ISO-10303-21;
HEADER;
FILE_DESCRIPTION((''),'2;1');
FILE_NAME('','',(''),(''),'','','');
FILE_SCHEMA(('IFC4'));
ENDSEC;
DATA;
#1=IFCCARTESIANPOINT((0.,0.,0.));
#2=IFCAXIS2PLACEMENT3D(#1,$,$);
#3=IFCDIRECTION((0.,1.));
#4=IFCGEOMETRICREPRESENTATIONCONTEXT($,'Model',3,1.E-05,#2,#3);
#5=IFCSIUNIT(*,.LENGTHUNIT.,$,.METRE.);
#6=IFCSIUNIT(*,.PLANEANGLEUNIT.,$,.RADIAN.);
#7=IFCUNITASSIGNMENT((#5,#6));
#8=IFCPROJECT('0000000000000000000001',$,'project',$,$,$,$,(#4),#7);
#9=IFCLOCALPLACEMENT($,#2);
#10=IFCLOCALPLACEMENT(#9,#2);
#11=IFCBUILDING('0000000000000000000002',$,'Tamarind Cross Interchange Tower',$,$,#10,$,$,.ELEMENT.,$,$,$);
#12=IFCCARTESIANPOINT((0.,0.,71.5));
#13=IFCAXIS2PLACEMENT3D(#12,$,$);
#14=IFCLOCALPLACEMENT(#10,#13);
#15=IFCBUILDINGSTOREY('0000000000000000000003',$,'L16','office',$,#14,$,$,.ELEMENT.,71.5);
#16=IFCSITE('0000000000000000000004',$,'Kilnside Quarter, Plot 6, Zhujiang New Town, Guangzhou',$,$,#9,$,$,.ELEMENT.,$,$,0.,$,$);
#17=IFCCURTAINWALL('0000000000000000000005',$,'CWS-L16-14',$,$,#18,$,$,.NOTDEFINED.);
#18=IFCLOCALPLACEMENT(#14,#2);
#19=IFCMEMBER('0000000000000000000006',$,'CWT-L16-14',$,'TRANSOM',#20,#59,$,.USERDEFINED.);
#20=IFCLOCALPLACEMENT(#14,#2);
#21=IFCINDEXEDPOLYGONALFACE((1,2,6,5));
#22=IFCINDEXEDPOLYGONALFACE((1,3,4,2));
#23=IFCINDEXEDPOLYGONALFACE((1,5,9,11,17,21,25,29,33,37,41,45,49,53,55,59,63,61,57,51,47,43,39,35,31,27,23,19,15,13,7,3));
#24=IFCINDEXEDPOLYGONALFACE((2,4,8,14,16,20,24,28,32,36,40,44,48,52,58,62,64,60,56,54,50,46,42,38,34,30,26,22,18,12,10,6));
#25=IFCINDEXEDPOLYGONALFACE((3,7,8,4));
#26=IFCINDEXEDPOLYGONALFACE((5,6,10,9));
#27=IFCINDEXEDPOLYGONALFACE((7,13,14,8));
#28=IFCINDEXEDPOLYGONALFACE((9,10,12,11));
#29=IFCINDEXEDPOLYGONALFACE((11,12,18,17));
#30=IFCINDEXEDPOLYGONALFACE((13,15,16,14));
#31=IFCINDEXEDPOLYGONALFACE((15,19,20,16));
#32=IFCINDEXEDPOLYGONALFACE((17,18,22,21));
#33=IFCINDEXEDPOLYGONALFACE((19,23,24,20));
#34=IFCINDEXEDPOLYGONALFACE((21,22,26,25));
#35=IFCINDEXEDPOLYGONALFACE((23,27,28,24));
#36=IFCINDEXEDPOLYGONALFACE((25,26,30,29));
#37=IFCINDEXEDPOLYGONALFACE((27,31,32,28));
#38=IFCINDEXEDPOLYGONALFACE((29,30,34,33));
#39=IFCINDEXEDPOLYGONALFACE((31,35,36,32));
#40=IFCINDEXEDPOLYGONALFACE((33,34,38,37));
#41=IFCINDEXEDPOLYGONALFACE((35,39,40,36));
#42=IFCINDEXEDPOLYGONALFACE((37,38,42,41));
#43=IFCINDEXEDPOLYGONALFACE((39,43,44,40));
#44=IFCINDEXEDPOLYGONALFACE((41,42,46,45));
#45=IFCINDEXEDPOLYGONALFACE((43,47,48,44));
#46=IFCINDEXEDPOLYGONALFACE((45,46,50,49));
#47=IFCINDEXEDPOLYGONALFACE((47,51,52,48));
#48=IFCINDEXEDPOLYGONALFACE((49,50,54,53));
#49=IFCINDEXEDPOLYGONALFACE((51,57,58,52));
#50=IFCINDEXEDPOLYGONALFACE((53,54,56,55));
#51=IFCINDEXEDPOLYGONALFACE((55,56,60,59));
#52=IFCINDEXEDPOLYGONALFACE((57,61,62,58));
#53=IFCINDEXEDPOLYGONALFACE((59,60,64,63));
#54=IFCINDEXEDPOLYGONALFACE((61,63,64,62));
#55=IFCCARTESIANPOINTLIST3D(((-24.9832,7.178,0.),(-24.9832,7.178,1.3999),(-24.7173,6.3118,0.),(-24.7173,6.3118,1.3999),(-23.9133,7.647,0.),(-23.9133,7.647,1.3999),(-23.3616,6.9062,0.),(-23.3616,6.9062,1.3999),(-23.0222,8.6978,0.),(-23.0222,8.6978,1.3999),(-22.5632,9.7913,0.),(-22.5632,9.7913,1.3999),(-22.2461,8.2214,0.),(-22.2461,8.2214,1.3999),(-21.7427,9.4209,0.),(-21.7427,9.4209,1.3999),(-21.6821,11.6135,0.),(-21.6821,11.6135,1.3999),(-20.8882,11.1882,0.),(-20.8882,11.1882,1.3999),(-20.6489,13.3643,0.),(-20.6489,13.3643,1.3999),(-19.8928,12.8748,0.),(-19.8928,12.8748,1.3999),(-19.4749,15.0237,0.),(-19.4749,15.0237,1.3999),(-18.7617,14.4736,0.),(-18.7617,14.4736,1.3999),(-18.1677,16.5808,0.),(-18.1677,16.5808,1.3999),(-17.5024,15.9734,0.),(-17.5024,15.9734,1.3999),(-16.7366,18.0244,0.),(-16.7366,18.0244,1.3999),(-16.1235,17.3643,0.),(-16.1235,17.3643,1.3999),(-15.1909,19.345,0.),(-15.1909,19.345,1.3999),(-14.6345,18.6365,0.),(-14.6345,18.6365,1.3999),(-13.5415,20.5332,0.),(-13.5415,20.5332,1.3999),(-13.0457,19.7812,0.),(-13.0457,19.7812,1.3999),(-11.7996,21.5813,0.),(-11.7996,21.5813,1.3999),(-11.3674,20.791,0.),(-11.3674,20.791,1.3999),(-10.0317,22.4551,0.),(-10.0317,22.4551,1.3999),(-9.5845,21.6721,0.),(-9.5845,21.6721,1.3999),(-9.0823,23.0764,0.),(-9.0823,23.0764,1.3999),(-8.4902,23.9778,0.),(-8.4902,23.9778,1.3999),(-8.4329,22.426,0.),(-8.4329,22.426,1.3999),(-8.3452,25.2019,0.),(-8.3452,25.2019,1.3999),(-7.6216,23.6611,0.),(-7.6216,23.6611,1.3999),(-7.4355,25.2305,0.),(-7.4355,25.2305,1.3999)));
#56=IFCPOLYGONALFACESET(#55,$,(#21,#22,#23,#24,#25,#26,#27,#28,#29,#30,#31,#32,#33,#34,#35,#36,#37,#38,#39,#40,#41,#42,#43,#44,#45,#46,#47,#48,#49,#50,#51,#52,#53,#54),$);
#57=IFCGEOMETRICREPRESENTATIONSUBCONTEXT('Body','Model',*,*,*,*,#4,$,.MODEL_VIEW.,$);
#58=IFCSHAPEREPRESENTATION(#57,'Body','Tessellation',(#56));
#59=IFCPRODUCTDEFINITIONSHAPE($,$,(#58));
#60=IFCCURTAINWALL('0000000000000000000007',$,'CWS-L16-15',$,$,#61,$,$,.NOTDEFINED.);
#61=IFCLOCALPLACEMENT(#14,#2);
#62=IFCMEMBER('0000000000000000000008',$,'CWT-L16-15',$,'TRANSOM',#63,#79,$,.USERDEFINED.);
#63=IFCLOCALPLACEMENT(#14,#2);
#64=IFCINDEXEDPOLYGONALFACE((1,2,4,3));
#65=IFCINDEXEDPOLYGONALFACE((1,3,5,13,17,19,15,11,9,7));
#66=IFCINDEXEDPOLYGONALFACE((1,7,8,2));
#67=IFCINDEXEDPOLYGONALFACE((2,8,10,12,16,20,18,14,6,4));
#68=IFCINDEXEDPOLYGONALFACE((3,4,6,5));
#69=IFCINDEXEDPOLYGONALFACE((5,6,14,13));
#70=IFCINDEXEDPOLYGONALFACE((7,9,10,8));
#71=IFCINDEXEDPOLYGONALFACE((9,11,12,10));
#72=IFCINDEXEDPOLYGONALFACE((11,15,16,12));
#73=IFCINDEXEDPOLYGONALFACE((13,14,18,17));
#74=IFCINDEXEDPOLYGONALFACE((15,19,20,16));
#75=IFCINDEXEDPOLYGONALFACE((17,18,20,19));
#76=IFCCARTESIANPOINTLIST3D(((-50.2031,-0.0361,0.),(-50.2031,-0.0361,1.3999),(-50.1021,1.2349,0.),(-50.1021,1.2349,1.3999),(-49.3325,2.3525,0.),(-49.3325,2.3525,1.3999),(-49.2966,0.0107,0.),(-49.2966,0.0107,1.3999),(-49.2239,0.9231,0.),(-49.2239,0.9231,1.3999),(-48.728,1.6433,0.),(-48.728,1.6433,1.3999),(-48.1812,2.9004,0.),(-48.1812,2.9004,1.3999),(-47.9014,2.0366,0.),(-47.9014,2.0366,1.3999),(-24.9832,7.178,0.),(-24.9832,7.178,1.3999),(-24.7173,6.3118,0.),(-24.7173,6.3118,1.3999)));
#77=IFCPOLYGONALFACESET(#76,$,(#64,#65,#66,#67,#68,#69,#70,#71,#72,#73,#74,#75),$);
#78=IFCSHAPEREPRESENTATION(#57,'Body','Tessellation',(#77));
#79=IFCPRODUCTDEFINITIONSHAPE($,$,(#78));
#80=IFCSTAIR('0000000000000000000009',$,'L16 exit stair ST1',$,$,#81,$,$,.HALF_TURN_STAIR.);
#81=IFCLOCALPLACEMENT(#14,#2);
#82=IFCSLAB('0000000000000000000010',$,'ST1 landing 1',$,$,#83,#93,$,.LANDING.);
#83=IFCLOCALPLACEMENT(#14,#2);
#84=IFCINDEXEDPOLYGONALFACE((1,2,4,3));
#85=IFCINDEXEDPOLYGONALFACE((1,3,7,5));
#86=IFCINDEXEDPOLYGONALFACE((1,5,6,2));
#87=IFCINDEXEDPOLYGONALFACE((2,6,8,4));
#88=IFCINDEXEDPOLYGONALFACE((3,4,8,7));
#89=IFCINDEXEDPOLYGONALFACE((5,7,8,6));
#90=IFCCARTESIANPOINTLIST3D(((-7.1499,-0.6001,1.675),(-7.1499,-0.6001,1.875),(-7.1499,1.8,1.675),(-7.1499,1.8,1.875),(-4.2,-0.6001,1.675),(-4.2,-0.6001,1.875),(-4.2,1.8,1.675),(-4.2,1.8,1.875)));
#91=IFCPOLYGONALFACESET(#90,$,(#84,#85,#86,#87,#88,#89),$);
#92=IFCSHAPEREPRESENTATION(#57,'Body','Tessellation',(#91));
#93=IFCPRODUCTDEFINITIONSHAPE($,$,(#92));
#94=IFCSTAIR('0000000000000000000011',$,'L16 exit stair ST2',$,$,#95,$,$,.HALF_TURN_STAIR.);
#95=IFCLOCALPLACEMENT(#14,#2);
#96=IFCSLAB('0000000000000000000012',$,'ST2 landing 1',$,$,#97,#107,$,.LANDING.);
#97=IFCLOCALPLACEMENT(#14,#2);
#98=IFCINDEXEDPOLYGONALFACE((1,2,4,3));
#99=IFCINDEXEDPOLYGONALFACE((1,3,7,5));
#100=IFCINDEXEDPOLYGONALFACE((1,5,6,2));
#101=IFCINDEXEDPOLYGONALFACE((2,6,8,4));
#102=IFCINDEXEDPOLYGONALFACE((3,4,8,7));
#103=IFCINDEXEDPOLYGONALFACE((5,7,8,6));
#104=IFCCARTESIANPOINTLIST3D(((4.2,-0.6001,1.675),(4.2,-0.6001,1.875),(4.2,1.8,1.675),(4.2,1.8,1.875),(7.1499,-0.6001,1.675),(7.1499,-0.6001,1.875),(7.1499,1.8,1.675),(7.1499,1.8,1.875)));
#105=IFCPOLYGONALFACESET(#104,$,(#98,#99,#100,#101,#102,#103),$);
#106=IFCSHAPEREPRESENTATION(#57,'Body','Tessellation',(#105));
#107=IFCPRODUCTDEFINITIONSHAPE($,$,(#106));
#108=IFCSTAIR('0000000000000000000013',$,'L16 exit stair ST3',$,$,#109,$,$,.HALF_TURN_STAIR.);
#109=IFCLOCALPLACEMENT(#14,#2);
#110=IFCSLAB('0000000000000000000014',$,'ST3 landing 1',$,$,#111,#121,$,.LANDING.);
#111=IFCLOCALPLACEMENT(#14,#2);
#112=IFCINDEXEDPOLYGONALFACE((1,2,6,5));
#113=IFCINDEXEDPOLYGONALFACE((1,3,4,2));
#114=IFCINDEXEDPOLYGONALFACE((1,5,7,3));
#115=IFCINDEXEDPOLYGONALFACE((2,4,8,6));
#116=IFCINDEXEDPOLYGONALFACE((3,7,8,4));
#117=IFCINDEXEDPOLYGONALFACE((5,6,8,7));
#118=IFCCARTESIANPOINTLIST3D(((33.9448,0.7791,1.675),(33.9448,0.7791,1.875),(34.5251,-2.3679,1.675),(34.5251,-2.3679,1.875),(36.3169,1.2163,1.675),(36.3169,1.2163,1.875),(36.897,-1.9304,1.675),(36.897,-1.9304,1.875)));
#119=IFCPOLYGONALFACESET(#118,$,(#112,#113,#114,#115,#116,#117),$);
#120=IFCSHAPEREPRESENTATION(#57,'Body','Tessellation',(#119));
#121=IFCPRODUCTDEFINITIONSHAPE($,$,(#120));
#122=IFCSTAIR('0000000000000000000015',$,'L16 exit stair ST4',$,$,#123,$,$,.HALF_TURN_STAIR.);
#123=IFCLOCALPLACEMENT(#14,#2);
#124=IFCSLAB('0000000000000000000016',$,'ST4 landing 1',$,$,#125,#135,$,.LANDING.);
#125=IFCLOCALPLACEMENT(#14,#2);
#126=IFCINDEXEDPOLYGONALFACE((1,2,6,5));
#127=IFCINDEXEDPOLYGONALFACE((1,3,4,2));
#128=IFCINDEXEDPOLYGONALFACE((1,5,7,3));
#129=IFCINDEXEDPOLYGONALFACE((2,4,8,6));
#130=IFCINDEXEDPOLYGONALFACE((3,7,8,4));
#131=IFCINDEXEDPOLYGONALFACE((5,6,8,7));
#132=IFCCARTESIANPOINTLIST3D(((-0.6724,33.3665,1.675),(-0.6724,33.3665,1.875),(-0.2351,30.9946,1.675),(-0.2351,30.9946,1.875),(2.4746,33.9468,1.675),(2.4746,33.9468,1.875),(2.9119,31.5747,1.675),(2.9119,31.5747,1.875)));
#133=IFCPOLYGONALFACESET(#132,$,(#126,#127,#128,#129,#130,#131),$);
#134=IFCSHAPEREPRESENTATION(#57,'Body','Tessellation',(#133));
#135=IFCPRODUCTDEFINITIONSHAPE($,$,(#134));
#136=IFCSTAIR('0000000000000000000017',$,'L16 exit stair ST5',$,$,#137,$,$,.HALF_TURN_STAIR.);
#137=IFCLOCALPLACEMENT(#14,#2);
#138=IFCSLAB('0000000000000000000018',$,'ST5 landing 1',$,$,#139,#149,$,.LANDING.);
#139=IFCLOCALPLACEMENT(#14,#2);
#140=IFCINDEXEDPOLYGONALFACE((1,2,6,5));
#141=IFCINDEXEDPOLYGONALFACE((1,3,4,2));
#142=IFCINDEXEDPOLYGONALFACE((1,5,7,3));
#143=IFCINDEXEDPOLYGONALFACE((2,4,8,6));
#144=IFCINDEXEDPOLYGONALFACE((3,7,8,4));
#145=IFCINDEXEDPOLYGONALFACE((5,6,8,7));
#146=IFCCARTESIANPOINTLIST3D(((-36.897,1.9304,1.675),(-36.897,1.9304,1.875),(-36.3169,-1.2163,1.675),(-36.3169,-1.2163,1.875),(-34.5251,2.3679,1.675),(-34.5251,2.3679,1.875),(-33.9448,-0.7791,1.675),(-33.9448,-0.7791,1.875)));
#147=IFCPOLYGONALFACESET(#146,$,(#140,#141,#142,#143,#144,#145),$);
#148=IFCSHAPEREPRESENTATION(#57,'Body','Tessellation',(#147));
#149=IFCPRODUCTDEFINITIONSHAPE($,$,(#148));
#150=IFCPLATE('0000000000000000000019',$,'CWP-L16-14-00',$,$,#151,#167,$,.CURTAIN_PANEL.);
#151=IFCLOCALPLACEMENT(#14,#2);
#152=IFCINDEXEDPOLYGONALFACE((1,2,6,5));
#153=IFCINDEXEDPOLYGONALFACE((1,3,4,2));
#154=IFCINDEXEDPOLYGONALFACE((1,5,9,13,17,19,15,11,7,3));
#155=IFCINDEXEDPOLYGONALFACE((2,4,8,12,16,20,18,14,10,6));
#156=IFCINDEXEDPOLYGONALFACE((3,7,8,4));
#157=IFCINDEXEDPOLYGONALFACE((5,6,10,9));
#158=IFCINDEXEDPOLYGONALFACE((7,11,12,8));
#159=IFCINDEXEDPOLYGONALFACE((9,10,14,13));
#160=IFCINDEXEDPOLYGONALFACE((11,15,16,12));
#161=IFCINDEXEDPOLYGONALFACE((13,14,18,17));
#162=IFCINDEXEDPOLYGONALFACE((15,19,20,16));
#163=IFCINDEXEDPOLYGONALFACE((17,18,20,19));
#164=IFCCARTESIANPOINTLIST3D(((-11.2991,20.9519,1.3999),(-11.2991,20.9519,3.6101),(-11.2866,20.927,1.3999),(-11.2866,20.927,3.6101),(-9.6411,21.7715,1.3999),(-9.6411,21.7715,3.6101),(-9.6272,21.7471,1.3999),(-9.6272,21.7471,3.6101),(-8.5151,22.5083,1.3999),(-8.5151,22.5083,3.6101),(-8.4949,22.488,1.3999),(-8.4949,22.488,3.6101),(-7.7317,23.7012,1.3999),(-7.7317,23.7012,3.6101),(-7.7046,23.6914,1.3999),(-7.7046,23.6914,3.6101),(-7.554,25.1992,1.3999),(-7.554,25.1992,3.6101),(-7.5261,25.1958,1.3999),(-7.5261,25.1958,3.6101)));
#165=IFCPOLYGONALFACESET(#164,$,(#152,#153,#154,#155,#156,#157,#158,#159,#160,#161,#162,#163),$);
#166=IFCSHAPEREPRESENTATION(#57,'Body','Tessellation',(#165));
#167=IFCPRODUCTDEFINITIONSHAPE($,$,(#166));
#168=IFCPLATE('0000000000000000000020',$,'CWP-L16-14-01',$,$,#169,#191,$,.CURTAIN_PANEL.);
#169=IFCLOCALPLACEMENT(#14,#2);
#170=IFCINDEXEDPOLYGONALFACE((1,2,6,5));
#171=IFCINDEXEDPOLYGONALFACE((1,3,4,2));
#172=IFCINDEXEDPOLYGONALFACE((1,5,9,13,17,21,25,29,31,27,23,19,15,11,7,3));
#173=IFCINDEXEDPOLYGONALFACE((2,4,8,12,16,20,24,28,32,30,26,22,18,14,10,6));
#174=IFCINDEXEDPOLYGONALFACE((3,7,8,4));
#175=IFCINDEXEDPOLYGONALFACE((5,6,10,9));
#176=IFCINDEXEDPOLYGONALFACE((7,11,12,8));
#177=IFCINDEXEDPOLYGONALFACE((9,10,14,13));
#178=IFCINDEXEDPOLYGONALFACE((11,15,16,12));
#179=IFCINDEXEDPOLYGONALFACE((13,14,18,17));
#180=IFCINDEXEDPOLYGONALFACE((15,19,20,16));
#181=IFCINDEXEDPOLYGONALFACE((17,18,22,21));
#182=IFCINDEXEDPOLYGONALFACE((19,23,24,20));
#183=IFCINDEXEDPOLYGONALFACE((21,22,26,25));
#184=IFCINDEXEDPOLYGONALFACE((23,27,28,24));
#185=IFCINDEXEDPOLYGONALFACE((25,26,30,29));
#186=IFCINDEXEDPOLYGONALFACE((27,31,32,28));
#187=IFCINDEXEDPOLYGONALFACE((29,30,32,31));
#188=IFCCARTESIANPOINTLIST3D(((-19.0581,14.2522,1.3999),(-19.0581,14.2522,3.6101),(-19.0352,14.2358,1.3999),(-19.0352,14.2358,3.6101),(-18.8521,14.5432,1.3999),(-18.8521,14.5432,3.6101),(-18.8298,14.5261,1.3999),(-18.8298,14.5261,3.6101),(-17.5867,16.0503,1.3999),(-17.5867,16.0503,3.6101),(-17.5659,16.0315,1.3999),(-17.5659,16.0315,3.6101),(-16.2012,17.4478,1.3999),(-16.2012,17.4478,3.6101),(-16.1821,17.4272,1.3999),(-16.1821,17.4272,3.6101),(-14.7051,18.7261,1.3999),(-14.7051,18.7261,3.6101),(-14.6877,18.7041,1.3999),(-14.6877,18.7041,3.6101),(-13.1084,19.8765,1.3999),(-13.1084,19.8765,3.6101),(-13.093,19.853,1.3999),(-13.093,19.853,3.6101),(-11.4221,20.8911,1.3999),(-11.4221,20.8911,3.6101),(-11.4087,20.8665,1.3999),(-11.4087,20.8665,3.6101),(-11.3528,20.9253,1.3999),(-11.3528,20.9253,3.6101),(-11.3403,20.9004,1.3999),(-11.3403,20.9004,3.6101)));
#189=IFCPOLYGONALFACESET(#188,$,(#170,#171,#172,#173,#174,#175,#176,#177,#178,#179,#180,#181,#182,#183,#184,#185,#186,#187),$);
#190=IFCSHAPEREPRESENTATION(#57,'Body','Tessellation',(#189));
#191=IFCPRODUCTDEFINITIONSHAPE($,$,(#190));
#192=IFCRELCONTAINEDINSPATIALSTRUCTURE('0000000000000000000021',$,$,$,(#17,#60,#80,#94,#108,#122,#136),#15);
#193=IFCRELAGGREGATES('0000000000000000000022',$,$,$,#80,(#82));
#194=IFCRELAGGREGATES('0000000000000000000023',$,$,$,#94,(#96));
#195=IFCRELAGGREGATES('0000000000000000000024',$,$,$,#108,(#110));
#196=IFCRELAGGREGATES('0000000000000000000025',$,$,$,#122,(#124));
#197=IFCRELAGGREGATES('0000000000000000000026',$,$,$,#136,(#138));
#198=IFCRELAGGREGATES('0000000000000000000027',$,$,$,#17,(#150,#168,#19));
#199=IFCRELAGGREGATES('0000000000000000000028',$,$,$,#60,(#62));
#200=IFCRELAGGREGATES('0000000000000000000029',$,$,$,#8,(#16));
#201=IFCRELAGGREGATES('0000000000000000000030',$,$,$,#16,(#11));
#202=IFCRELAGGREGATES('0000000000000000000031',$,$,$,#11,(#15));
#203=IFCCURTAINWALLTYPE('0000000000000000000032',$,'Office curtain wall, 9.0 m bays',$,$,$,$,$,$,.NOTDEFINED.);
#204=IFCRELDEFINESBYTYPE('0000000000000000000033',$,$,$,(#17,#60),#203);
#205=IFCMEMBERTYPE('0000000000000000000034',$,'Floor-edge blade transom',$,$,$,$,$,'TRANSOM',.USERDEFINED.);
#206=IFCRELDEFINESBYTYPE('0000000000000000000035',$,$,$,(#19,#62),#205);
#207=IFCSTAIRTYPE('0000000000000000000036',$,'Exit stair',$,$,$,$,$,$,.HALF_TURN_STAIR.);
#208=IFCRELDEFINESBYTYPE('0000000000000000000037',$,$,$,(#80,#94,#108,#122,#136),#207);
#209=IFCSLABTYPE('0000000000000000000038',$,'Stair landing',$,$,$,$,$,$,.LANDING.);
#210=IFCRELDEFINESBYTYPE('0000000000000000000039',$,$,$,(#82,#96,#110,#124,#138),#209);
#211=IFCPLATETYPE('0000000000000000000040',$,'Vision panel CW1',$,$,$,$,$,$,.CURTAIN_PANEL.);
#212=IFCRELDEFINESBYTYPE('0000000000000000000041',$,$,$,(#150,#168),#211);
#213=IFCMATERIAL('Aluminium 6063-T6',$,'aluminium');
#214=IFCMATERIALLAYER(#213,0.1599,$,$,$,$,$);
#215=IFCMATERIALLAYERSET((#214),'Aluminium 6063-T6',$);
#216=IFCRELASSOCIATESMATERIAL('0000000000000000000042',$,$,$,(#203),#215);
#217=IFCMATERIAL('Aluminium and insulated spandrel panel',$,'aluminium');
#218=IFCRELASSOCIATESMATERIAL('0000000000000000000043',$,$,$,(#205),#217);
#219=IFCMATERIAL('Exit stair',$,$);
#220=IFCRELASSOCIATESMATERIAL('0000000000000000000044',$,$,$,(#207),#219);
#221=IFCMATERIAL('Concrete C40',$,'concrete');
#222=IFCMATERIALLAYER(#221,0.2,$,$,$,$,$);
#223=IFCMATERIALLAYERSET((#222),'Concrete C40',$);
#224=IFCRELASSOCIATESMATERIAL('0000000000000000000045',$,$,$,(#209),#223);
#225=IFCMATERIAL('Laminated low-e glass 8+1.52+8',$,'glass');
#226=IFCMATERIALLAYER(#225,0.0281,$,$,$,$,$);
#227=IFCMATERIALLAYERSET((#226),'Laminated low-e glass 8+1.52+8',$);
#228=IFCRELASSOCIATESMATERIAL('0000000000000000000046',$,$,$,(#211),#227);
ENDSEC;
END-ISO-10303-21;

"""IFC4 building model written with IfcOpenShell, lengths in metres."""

from ifc_helpers import new_model, si_unit, direction, frame, origin, place, context, subcontext, project, spatial, polyline, outline, extrude, material, layer, layer_set, type_object, element, aggregate, save


model = new_model("IFC4")

# Units and contexts
model_context = context("Model", 3, precision=1e-05, world=origin(), true_north=direction((0.0, 1.0)))
body_context = subcontext(model_context, "Body", "Model", "MODEL_VIEW")
ifc_project = project(units=[si_unit("LENGTHUNIT", "METRE"), si_unit("PLANEANGLEUNIT", "RADIAN")], contexts=[model_context])

# Site, building, storey
site_placement = place(None, origin())
site = spatial("IfcSite", under=ifc_project, at=site_placement, Name="Kilnside Quarter, Plot 6, Zhujiang New Town, Guangzhou", CompositionType="ELEMENT", RefElevation=0.0)
building_placement = place(site_placement, origin())
building = spatial("IfcBuilding", under=site, at=building_placement, Name="Tamarind Cross Interchange Tower", CompositionType="ELEMENT")
storey_placement = place(building_placement, frame((0.0, 0.0, 71.5)))
storey = spatial("IfcBuildingStorey", under=building, at=storey_placement, Name="L16", Description="office", CompositionType="ELEMENT", Elevation=71.5)

# Curtain walls, members
ifc_material_1 = material(Name="Aluminium 6063-T6", Category="aluminium")
ifc_layer_1 = layer(ifc_material_1, 0.1599)
ifc_layer_set_1 = layer_set([ifc_layer_1], Name="Aluminium 6063-T6")
curtain_wall_type = type_object("IfcCurtainWallType", Name="Office curtain wall, 9.0 m bays", PredefinedType="NOTDEFINED", material=ifc_layer_set_1)
curtain_wall_1_placement = place(storey_placement, origin())
curtain_wall_1 = element("IfcCurtainWall", 1, at=curtain_wall_1_placement, inside=storey, type_object=curtain_wall_type, Name="CWS-L16-14", PredefinedType="NOTDEFINED")
ifc_material_2 = material(Name="Aluminium and insulated spandrel panel", Category="aluminium")
member_type = type_object("IfcMemberType", Name="Floor-edge blade transom", ElementType="TRANSOM", PredefinedType="USERDEFINED", material=ifc_material_2)
member_1_placement = place(storey_placement, origin())
member_1 = element("IfcMember", 2, at=member_1_placement, type_object=member_type, Name="CWT-L16-14", ObjectType="TRANSOM", PredefinedType="USERDEFINED", context=body_context, shape_type="SweptSolid", body=[
    extrude(outline(polyline([(-7.4355, 25.2305), (-7.6216, 23.6611), (-8.4329, 22.426), (-9.5845, 21.6721), (-11.3674, 20.791), (-13.0457, 19.7812), (-14.6345, 18.6365), (-16.1235, 17.3643), (-17.5024, 15.9734), (-18.7617, 14.4736), (-19.8928, 12.8748), (-20.8882, 11.1882), (-21.7427, 9.4209), (-22.2461, 8.2214), (-23.3616, 6.9062), (-24.7173, 6.3118), (-24.9832, 7.178), (-23.9133, 7.647), (-23.0222, 8.6978), (-22.5632, 9.7913), (-21.6821, 11.6135), (-20.6489, 13.3643), (-19.4749, 15.0237), (-18.1677, 16.5808), (-16.7366, 18.0244), (-15.1909, 19.345), (-13.5415, 20.5332), (-11.7996, 21.5813), (-10.0317, 22.4551), (-9.0823, 23.0764), (-8.4902, 23.9778), (-8.3452, 25.2019), (-7.4355, 25.2305)])), origin(), (0.0, 0.0, 1.0), 1.3999),
])
curtain_wall_2_placement = place(storey_placement, origin())
curtain_wall_2 = element("IfcCurtainWall", 3, at=curtain_wall_2_placement, inside=storey, type_object=curtain_wall_type, Name="CWS-L16-15", PredefinedType="NOTDEFINED")
member_2_placement = place(storey_placement, origin())
member_2 = element("IfcMember", 4, at=member_2_placement, type_object=member_type, Name="CWT-L16-15", ObjectType="TRANSOM", PredefinedType="USERDEFINED", context=body_context, shape_type="SweptSolid", body=[
    extrude(outline(polyline([(-24.7173, 6.3118), (-47.9014, 2.0366), (-48.728, 1.6433), (-49.2239, 0.9231), (-49.2966, 0.0107), (-50.2031, -0.0361), (-50.1021, 1.2349), (-49.3325, 2.3525), (-48.1812, 2.9004), (-24.9832, 7.178), (-24.7173, 6.3118)])), origin(), (0.0, 0.0, 1.0), 1.3999),
])

# Stairs, slabs
ifc_material_3 = material(Name="Exit stair")
stair_type = type_object("IfcStairType", Name="Exit stair", PredefinedType="HALF_TURN_STAIR", material=ifc_material_3)
stair_1_placement = place(storey_placement, origin())
stair_1 = element("IfcStair", 5, at=stair_1_placement, inside=storey, type_object=stair_type, Name="L16 exit stair ST1", PredefinedType="HALF_TURN_STAIR")
ifc_material_4 = material(Name="Concrete C40", Category="concrete")
ifc_layer_2 = layer(ifc_material_4, 0.2)
ifc_layer_set_2 = layer_set([ifc_layer_2], Name="Concrete C40")
slab_type = type_object("IfcSlabType", Name="Stair landing", PredefinedType="LANDING", material=ifc_layer_set_2)
slab_1_placement = place(storey_placement, frame((0.0, 0.0, 1.675)))
slab_1 = element("IfcSlab", 6, at=slab_1_placement, type_object=slab_type, Name="ST1 landing 1", PredefinedType="LANDING", context=body_context, shape_type="SweptSolid", body=[
    extrude(outline(polyline([(-4.2, -0.6001), (-4.2, 1.8), (-7.1499, 1.8), (-7.1499, -0.6001), (-4.2, -0.6001)])), origin(), (0.0, 0.0, 1.0), 0.2),
])
aggregate(stair_1, [slab_1])
stair_2_placement = place(storey_placement, origin())
stair_2 = element("IfcStair", 7, at=stair_2_placement, inside=storey, type_object=stair_type, Name="L16 exit stair ST2", PredefinedType="HALF_TURN_STAIR")
slab_2_placement = place(storey_placement, frame((0.0, 0.0, 1.675)))
slab_2 = element("IfcSlab", 8, at=slab_2_placement, type_object=slab_type, Name="ST2 landing 1", PredefinedType="LANDING", context=body_context, shape_type="SweptSolid", body=[
    extrude(outline(polyline([(7.1499, -0.6001), (7.1499, 1.8), (4.2, 1.8), (4.2, -0.6001), (7.1499, -0.6001)])), origin(), (0.0, 0.0, 1.0), 0.2),
])
aggregate(stair_2, [slab_2])
stair_3_placement = place(storey_placement, origin())
stair_3 = element("IfcStair", 9, at=stair_3_placement, inside=storey, type_object=stair_type, Name="L16 exit stair ST3", PredefinedType="HALF_TURN_STAIR")
slab_3_placement = place(storey_placement, frame((0.0, 0.0, 1.675)))
slab_3 = element("IfcSlab", 10, at=slab_3_placement, type_object=slab_type, Name="ST3 landing 1", PredefinedType="LANDING", context=body_context, shape_type="SweptSolid", body=[
    extrude(outline(polyline([(34.5251, -2.3679), (36.897, -1.9304), (36.3169, 1.2163), (33.9448, 0.7791), (34.5251, -2.3679)])), origin(), (0.0, 0.0, 1.0), 0.2),
])
aggregate(stair_3, [slab_3])
stair_4_placement = place(storey_placement, origin())
stair_4 = element("IfcStair", 11, at=stair_4_placement, inside=storey, type_object=stair_type, Name="L16 exit stair ST4", PredefinedType="HALF_TURN_STAIR")
slab_4_placement = place(storey_placement, frame((0.0, 0.0, 1.675)))
slab_4 = element("IfcSlab", 12, at=slab_4_placement, type_object=slab_type, Name="ST4 landing 1", PredefinedType="LANDING", context=body_context, shape_type="SweptSolid", body=[
    extrude(outline(polyline([(2.9119, 31.5747), (2.4746, 33.9468), (-0.6724, 33.3665), (-0.2351, 30.9946), (2.9119, 31.5747)])), origin(), (0.0, 0.0, 1.0), 0.2),
])
aggregate(stair_4, [slab_4])
stair_5_placement = place(storey_placement, origin())
stair_5 = element("IfcStair", 13, at=stair_5_placement, inside=storey, type_object=stair_type, Name="L16 exit stair ST5", PredefinedType="HALF_TURN_STAIR")
slab_5_placement = place(storey_placement, frame((0.0, 0.0, 1.675)))
slab_5 = element("IfcSlab", 14, at=slab_5_placement, type_object=slab_type, Name="ST5 landing 1", PredefinedType="LANDING", context=body_context, shape_type="SweptSolid", body=[
    extrude(outline(polyline([(-34.5251, 2.3679), (-36.897, 1.9304), (-36.3169, -1.2163), (-33.9448, -0.7791), (-34.5251, 2.3679)])), origin(), (0.0, 0.0, 1.0), 0.2),
])
aggregate(stair_5, [slab_5])

# Plates
ifc_material_5 = material(Name="Laminated low-e glass 8+1.52+8", Category="glass")
ifc_layer_3 = layer(ifc_material_5, 0.0281)
ifc_layer_set_3 = layer_set([ifc_layer_3], Name="Laminated low-e glass 8+1.52+8")
plate_type = type_object("IfcPlateType", Name="Vision panel CW1", PredefinedType="CURTAIN_PANEL", material=ifc_layer_set_3)
plate_1_placement = place(storey_placement, frame((0.0, 0.0, 1.3999)))
plate_1 = element("IfcPlate", 15, at=plate_1_placement, type_object=plate_type, Name="CWP-L16-14-00", PredefinedType="CURTAIN_PANEL", context=body_context, shape_type="SweptSolid", body=[
    extrude(outline(polyline([(-7.5261, 25.1958), (-7.7046, 23.6914), (-8.4949, 22.488), (-9.6272, 21.7471), (-11.2866, 20.927), (-11.2991, 20.9519), (-9.6411, 21.7715), (-8.5151, 22.5083), (-7.7317, 23.7012), (-7.554, 25.1992), (-7.5261, 25.1958)])), origin(), (0.0, 0.0, 1.0), 2.2102),
])
plate_2_placement = place(storey_placement, frame((0.0, 0.0, 1.3999)))
plate_2 = element("IfcPlate", 16, at=plate_2_placement, type_object=plate_type, Name="CWP-L16-14-01", PredefinedType="CURTAIN_PANEL", context=body_context, shape_type="SweptSolid", body=[
    extrude(outline(polyline([(-11.3403, 20.9004), (-11.4087, 20.8665), (-13.093, 19.853), (-14.6877, 18.7041), (-16.1821, 17.4272), (-17.5659, 16.0315), (-18.8298, 14.5261), (-19.0352, 14.2358), (-19.0581, 14.2522), (-18.8521, 14.5432), (-17.5867, 16.0503), (-16.2012, 17.4478), (-14.7051, 18.7261), (-13.1084, 19.8765), (-11.4221, 20.8911), (-11.3528, 20.9253), (-11.3403, 20.9004)])), origin(), (0.0, 0.0, 1.0), 2.2102),
])
aggregate(curtain_wall_1, [plate_1, plate_2, member_1])
aggregate(curtain_wall_2, [member_2])

save(model, "model.ifc")
